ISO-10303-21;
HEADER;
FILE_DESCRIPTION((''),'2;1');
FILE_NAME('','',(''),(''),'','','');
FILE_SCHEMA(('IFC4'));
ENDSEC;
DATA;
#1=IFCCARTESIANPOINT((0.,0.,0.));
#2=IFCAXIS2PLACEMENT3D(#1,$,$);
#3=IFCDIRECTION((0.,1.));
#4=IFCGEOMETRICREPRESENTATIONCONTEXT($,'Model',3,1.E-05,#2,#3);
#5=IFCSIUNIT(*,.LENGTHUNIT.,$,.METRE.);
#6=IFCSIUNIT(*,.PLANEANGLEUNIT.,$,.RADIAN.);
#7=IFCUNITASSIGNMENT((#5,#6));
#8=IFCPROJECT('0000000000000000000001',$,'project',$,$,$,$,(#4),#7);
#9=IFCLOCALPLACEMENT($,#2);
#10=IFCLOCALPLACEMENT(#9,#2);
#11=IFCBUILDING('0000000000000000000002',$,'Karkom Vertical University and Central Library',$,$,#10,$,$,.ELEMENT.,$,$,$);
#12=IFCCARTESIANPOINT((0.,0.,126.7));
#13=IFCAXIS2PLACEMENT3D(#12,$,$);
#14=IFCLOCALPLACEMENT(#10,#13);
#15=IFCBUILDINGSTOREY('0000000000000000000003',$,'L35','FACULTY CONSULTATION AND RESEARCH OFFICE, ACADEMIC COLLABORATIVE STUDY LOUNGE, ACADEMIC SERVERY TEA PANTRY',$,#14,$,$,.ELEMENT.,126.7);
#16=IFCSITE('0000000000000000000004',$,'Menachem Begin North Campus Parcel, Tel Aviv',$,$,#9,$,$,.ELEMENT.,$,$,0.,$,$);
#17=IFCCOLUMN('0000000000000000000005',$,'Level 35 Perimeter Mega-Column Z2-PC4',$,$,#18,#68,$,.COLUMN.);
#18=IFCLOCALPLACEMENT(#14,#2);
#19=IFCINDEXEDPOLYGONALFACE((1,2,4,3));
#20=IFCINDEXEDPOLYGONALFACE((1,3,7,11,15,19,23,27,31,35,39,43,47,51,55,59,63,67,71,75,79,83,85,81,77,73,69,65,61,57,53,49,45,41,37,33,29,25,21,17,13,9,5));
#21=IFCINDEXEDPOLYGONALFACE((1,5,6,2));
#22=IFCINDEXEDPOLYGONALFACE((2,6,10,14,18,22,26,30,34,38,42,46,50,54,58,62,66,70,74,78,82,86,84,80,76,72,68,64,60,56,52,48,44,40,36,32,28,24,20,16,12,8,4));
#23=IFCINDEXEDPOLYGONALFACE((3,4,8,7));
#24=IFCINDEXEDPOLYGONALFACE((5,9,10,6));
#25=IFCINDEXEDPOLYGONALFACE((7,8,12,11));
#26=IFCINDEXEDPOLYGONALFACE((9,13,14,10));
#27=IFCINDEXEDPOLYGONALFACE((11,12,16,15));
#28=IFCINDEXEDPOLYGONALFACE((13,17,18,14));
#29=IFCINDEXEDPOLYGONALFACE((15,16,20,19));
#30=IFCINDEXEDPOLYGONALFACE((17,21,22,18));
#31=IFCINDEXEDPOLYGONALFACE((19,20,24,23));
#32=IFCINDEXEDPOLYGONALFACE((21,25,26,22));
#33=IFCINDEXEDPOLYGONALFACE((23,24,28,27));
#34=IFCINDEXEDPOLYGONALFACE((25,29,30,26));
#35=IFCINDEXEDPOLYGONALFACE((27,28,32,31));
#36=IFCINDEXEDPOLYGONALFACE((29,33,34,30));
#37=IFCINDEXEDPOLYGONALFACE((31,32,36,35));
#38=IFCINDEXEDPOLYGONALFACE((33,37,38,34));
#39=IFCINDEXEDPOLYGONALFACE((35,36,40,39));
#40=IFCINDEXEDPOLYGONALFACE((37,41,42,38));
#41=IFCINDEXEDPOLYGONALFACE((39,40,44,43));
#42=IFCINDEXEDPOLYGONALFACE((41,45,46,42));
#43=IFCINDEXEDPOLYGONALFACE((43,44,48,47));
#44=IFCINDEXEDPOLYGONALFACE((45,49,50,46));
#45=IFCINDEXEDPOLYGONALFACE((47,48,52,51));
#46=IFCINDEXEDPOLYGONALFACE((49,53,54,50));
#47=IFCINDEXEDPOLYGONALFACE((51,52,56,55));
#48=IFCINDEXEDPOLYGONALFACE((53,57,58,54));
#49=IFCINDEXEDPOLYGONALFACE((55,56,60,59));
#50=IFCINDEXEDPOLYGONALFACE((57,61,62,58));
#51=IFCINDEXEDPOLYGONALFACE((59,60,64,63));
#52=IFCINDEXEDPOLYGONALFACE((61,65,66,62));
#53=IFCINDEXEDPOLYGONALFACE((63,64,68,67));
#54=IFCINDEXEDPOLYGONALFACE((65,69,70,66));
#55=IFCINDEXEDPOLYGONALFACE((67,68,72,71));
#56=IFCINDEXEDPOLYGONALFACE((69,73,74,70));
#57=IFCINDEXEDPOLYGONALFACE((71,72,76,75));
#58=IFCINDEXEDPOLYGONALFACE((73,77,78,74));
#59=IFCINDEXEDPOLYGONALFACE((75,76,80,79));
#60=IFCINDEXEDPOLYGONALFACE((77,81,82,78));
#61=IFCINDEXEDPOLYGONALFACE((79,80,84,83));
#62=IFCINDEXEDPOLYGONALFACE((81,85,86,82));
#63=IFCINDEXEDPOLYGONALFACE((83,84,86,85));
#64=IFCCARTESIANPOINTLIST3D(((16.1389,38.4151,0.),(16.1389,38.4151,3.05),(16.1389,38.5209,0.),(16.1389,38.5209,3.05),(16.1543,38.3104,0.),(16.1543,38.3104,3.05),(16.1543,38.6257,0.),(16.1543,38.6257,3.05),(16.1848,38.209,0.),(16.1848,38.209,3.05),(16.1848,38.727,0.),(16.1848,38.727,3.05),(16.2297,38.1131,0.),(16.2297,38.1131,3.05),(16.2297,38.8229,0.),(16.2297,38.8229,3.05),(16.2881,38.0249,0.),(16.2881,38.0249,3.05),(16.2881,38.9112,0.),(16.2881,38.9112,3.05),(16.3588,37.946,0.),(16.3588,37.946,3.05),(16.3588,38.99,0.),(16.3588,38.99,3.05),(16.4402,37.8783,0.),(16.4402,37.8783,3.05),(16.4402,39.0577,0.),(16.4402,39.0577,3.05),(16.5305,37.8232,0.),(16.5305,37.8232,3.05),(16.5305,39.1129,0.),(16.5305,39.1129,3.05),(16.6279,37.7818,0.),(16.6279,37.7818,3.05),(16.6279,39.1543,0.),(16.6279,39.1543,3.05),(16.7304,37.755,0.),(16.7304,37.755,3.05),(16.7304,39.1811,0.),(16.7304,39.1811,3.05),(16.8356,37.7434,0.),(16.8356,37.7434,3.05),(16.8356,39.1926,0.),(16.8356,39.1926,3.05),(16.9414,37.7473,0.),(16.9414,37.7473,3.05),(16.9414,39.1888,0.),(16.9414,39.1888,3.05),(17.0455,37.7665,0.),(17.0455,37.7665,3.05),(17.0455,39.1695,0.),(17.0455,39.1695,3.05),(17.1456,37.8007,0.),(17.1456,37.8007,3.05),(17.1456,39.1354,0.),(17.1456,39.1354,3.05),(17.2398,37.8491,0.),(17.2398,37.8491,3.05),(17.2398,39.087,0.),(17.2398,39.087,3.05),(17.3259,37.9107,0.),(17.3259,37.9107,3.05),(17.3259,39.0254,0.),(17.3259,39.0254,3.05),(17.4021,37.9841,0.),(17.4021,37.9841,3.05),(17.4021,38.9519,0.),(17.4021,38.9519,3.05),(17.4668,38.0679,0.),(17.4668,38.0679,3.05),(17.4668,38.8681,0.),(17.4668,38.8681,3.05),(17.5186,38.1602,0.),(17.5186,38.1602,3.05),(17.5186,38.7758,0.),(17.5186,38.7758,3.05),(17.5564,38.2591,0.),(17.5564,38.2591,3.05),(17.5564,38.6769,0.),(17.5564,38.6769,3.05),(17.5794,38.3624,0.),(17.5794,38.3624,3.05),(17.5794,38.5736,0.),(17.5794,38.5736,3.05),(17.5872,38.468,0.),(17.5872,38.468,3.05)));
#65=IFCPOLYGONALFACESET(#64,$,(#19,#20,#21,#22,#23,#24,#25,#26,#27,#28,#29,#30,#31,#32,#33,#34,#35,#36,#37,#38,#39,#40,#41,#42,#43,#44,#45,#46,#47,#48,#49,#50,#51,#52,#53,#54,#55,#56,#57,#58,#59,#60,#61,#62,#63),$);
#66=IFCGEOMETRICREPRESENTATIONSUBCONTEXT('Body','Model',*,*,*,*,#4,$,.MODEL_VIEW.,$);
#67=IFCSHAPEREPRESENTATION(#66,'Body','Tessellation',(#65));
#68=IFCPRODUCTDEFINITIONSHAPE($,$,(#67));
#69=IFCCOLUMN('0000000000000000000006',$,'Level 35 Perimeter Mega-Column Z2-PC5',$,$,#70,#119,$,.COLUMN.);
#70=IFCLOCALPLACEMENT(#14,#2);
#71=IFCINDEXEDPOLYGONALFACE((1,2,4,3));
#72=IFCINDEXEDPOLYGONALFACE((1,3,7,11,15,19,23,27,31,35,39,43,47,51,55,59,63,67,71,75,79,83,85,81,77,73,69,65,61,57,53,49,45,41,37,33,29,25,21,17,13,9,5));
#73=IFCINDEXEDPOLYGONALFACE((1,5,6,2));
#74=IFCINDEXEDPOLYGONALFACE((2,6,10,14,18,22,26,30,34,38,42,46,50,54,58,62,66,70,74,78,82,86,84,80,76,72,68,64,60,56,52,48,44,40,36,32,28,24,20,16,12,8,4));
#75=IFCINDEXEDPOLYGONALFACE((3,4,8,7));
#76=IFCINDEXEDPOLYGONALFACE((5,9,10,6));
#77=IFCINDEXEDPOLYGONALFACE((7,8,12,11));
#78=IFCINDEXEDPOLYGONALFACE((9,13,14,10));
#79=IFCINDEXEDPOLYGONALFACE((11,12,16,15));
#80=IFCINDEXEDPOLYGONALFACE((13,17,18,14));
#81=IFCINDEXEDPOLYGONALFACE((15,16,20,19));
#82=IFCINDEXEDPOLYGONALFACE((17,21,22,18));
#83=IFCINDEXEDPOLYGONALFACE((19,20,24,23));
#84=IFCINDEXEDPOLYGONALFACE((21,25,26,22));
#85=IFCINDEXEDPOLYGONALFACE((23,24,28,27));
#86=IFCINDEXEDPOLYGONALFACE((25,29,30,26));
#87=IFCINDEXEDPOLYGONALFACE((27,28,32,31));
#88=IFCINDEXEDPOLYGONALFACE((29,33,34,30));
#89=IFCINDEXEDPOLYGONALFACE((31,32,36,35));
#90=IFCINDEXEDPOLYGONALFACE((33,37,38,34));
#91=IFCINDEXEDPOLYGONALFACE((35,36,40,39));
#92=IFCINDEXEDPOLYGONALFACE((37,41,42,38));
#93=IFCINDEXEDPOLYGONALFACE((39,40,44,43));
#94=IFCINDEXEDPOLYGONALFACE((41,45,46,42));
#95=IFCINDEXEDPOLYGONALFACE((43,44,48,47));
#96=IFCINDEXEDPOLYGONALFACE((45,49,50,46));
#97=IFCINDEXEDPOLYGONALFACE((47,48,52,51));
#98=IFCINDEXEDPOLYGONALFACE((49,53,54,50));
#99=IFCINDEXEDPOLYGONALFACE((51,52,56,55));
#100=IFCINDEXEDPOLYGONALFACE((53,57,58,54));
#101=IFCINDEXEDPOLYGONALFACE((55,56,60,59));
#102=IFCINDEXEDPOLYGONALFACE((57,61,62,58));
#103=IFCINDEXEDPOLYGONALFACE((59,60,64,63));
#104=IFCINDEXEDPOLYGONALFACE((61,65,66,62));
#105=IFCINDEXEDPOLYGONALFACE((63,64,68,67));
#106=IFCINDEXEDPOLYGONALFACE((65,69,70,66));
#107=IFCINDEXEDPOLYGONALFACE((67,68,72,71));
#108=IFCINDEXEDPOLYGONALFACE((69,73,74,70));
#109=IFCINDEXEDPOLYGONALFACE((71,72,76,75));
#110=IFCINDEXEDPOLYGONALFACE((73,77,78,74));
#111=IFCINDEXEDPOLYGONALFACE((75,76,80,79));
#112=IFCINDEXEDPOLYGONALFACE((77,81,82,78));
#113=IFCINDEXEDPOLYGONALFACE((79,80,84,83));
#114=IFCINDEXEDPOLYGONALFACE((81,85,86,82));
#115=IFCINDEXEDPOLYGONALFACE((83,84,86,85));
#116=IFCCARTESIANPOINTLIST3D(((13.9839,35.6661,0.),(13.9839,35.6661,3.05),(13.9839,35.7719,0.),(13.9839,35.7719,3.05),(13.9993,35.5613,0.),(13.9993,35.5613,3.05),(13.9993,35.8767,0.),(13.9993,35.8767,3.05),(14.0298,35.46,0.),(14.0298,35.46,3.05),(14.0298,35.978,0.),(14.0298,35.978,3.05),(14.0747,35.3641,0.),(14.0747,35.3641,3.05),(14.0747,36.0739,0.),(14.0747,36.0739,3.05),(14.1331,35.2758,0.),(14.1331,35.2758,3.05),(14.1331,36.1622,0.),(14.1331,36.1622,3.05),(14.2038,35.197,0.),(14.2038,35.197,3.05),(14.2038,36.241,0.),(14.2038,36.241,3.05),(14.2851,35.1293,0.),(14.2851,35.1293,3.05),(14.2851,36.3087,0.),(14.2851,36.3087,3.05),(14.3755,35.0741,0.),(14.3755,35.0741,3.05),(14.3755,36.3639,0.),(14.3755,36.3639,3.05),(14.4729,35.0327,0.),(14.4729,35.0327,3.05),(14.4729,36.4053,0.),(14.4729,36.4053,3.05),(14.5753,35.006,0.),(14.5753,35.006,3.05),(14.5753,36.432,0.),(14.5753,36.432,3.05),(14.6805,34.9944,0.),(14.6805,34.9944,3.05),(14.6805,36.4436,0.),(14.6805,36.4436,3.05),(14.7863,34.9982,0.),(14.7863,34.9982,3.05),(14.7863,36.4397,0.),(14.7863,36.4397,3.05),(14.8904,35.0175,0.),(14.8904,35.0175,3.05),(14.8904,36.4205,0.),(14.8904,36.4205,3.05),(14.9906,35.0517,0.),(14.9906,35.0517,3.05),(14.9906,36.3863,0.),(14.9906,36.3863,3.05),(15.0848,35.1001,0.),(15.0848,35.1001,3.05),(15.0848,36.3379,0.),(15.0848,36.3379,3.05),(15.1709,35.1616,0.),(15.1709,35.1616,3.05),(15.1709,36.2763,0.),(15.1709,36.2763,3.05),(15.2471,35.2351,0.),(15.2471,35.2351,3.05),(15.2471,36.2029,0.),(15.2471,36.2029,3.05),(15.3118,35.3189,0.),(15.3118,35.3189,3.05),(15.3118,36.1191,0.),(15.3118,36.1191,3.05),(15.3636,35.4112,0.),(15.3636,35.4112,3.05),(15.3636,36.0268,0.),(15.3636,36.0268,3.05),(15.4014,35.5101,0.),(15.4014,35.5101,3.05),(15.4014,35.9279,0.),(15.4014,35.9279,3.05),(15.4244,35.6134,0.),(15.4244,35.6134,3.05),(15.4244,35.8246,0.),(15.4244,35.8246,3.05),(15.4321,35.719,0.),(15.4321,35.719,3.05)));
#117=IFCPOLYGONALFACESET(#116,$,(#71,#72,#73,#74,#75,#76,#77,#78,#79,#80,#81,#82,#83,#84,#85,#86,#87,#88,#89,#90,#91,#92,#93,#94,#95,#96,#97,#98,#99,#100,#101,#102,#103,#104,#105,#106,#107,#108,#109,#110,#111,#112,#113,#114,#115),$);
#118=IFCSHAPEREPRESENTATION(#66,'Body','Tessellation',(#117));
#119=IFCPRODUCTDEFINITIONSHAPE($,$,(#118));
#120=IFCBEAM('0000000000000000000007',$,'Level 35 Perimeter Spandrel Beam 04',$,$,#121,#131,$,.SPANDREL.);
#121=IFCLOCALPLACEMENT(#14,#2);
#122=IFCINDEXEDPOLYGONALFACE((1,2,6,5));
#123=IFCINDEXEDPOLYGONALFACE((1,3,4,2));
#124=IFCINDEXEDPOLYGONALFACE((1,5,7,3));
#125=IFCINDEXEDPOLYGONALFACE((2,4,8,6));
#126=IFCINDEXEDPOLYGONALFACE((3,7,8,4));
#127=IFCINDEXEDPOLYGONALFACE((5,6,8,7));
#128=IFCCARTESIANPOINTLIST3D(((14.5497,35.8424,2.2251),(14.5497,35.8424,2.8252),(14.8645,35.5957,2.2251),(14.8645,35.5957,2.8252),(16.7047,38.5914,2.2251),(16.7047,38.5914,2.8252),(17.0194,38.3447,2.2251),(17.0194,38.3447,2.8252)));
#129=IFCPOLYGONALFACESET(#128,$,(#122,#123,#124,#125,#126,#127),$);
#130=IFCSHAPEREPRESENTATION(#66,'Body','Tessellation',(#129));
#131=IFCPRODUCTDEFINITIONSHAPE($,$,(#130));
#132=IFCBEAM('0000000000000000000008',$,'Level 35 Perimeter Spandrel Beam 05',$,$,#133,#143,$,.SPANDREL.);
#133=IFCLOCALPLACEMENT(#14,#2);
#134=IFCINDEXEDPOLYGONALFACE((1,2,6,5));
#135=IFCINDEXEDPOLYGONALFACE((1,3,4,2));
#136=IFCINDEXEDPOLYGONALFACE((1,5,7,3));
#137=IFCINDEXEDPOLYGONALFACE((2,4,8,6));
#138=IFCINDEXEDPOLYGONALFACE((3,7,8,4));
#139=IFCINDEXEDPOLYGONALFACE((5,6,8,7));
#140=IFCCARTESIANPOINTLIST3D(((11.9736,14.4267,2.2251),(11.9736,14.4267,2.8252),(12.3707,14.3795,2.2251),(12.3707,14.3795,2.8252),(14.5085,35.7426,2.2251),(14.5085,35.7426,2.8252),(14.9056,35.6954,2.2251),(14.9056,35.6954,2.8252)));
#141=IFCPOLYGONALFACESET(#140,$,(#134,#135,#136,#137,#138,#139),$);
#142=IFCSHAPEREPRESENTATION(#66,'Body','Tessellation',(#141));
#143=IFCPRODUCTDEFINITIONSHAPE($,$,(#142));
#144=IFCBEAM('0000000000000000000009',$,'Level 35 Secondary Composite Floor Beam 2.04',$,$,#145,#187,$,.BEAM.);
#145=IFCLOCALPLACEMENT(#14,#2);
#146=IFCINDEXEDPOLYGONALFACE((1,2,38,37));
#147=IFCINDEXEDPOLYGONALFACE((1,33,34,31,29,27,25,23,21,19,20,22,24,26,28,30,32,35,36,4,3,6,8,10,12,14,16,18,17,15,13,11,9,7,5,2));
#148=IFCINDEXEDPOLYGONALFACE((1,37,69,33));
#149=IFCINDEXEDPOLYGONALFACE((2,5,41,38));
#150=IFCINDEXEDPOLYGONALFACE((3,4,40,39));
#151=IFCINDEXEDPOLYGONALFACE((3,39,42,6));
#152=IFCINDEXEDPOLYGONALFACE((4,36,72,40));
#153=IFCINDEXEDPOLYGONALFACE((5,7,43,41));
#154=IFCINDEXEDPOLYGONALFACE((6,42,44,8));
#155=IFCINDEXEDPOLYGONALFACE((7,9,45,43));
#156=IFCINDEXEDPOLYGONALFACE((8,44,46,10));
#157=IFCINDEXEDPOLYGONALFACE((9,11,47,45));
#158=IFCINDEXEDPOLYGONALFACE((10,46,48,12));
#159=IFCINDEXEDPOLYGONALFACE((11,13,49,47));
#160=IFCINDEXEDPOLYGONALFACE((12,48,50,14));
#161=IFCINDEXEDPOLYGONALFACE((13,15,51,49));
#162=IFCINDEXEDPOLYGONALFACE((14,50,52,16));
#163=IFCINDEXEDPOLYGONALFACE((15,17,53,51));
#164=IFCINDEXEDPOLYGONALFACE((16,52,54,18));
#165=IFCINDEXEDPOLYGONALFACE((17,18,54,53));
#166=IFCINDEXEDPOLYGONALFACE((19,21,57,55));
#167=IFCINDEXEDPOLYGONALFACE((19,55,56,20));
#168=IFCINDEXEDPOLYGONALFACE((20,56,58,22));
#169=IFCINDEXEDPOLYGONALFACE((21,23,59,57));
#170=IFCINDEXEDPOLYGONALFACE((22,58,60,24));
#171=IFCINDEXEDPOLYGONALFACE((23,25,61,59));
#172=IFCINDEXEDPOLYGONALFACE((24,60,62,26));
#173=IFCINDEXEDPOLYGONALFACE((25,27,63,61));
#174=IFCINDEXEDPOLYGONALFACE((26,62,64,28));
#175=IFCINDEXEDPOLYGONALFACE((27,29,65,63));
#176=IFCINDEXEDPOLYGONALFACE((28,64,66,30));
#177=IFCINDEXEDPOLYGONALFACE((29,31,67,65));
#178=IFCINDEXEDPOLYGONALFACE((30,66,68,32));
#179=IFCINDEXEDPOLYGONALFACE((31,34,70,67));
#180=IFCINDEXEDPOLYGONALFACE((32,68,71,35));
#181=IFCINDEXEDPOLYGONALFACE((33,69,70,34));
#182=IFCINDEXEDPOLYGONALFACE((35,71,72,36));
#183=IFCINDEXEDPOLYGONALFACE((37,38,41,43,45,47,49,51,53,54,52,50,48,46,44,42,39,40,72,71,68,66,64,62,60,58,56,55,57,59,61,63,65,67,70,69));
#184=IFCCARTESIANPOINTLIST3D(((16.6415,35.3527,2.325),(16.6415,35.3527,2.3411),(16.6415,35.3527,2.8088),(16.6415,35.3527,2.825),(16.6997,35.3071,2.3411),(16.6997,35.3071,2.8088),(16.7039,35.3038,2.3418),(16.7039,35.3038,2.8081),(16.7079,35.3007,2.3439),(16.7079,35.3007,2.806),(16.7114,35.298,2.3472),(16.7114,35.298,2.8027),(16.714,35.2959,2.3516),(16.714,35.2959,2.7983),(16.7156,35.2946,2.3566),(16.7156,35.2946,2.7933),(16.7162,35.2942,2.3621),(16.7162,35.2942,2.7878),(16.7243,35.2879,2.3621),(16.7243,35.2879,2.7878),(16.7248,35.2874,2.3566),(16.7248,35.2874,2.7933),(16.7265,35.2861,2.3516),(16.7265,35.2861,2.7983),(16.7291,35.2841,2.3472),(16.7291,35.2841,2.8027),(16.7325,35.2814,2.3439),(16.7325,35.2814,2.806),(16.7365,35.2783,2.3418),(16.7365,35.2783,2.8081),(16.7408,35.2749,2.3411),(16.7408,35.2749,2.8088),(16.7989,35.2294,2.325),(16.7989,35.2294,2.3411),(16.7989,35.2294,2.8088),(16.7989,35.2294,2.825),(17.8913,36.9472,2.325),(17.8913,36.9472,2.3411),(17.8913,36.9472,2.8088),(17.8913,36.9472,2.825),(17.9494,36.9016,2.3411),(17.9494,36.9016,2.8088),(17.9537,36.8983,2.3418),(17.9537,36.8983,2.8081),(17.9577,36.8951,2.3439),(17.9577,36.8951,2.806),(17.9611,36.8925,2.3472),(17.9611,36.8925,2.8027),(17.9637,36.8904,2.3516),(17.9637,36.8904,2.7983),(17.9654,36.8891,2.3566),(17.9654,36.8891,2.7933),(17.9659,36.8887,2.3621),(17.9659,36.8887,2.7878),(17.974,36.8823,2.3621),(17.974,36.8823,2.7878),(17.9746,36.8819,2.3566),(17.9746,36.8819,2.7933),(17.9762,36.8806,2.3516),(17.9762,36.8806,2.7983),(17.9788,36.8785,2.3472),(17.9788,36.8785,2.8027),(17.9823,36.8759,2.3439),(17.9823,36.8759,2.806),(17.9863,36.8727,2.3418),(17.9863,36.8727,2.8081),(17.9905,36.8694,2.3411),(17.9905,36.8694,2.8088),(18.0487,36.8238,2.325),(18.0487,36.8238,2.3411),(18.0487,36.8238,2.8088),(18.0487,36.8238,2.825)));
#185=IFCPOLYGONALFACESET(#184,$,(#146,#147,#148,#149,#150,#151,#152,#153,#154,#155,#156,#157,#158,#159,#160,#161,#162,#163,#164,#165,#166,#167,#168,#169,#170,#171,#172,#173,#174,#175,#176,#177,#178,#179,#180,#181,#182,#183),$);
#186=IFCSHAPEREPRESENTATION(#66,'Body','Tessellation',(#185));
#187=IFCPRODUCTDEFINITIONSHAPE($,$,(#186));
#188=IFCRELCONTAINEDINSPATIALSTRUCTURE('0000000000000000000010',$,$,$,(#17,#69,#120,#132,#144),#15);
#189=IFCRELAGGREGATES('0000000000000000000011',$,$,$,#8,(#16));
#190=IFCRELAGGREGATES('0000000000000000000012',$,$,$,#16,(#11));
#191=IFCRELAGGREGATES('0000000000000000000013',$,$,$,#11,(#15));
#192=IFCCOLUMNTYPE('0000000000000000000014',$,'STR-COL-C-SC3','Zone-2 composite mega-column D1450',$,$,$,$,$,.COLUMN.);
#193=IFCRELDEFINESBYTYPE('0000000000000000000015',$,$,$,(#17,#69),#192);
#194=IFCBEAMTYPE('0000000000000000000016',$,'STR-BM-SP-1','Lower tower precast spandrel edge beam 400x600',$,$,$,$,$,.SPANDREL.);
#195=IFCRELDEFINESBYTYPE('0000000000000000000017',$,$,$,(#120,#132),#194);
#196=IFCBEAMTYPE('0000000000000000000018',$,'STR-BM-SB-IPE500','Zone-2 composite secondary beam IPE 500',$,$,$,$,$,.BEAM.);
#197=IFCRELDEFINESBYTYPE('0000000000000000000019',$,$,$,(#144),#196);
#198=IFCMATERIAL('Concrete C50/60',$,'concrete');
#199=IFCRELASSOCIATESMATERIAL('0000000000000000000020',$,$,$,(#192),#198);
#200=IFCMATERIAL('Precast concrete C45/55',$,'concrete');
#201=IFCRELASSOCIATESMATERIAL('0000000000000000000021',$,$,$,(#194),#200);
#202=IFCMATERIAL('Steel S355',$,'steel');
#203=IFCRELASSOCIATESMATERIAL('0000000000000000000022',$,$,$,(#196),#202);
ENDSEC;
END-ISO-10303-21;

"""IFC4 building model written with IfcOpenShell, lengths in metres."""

from ifc_helpers import new_model, si_unit, direction, frame, origin, origin_with_axes, origin_2d, place, context, subcontext, project, spatial, rectangle, circle, i_section, extrude, source, transform, mapped, material, material_profile, profile_set, type_object, element, save


model = new_model("IFC4")

# Units and contexts
model_context = context("Model", 3, precision=1e-05, world=origin(), true_north=direction((0.0, 1.0)))
body_context = subcontext(model_context, "Body", "Model", "MODEL_VIEW")
ifc_project = project(units=[si_unit("LENGTHUNIT", "METRE"), si_unit("PLANEANGLEUNIT", "RADIAN")], contexts=[model_context])

# Site, building, storey
site_placement = place(None, origin())
site = spatial("IfcSite", under=ifc_project, at=site_placement, Name="Menachem Begin North Campus Parcel, Tel Aviv", CompositionType="ELEMENT", RefElevation=0.0)
building_placement = place(site_placement, origin())
building = spatial("IfcBuilding", under=site, at=building_placement, Name="Karkom Vertical University and Central Library", CompositionType="ELEMENT")
storey_placement = place(building_placement, frame((0.0, 0.0, 126.7)))
storey = spatial("IfcBuildingStorey", under=building, at=storey_placement, Name="L35", Description="FACULTY CONSULTATION AND RESEARCH OFFICE, ACADEMIC COLLABORATIVE STUDY LOUNGE, ACADEMIC SERVERY TEA PANTRY", CompositionType="ELEMENT", Elevation=126.7)

# Columns
ifc_material_1 = material(Name="Concrete C50/60", Category="concrete")
ifc_material_profile_1 = material_profile(ifc_material_1, circle(Radius=0.7251, at=origin_2d()), Name="CFT-D1450")
ifc_profile_set_1 = profile_set([ifc_material_profile_1], Name="Concrete C50/60")
column_type = type_object("IfcColumnType", Name="STR-COL-C-SC3", Description="Zone-2 composite mega-column D1450", PredefinedType="COLUMN", material=ifc_profile_set_1)
shared_shape_1 = source(origin_with_axes(), body_context, "Body", "SweptSolid", [
    extrude(circle(Radius=0.7251, at=origin_2d()), origin(), (0.0, 0.0, 1.0), 3.05),
])
for number, where, z_axis, x_axis, name in (
    (1, (16.8621, 38.468, 0.0), (0.0, 0.0, 1.0), (1.0, 0.0, 0.0), "Level 35 Perimeter Mega-Column Z2-PC4"),
    (2, (14.707, 35.719, 0.0), (0.0, 0.0, 1.0), (1.0, 0.0, 0.0), "Level 35 Perimeter Mega-Column Z2-PC5"),
):
    element("IfcColumn", number, at=place(storey_placement, frame(where, z_axis=z_axis, x_axis=x_axis)), inside=storey, type_object=column_type, Name=name, PredefinedType="COLUMN", context=body_context, shape_type="MappedRepresentation", body=[
        mapped(shared_shape_1, transform((0.0, 0.0, 0.0), scale=1.0)),
    ])

# Beams
ifc_material_2 = material(Name="Precast concrete C45/55", Category="concrete")
ifc_material_profile_2 = material_profile(ifc_material_2, rectangle(XDim=0.3999, YDim=0.6001, at=origin_2d()), Name="SPB-400x600")
ifc_profile_set_2 = profile_set([ifc_material_profile_2], Name="Precast concrete C45/55")
beam_type_1 = type_object("IfcBeamType", Name="STR-BM-SP-1", Description="Lower tower precast spandrel edge beam 400x600", PredefinedType="SPANDREL", material=ifc_profile_set_2)
shared_shape_2 = source(origin_with_axes(), body_context, "Body", "SweptSolid", [
    extrude(rectangle(XDim=0.3999, YDim=0.6001, at=origin_2d()), origin(), (0.0, 0.0, 1.0), 3.4929),
])
beam_1_placement = place(storey_placement, frame((16.8621, 38.468, 2.5251), z_axis=(-0.616951, -0.787002, 0.0), x_axis=(0.787002, -0.616951, 0.0)))
element("IfcBeam", 3, at=beam_1_placement, inside=storey, type_object=beam_type_1, Name="Level 35 Perimeter Spandrel Beam 04", PredefinedType="SPANDREL", context=body_context, shape_type="MappedRepresentation", body=[
    mapped(shared_shape_2, transform((0.0, 0.0, 0.0), scale=1.0)),
])
shared_shape_3 = source(origin_with_axes(), body_context, "Body", "SweptSolid", [
    extrude(rectangle(XDim=0.3999, YDim=0.6001, at=origin_2d()), origin(), (0.0, 0.0, 1.0), 21.4661),
])
beam_2_placement = place(storey_placement, frame((14.707, 35.719, 2.5251), z_axis=(-0.118089, -0.993003, 0.0), x_axis=(0.993003, -0.118089, 0.0)))
element("IfcBeam", 4, at=beam_2_placement, inside=storey, type_object=beam_type_1, Name="Level 35 Perimeter Spandrel Beam 05", PredefinedType="SPANDREL", context=body_context, shape_type="MappedRepresentation", body=[
    mapped(shared_shape_3, transform((0.0, 0.0, 0.0), scale=1.0)),
])
ifc_material_3 = material(Name="Steel S355", Category="steel")
ifc_material_profile_3 = material_profile(ifc_material_3, i_section(OverallWidth=0.2, OverallDepth=0.5, WebThickness=0.0103, FlangeThickness=0.0161, FilletRadius=0.021, at=origin_2d()), Name="IPE 500")
ifc_profile_set_3 = profile_set([ifc_material_profile_3], Name="Steel S355")
beam_type_2 = type_object("IfcBeamType", Name="STR-BM-SB-IPE500", Description="Zone-2 composite secondary beam IPE 500", PredefinedType="BEAM", material=ifc_profile_set_3)
shared_shape_4 = source(origin_with_axes(), body_context, "Body", "SweptSolid", [
    extrude(i_section(OverallWidth=0.2, OverallDepth=0.5, WebThickness=0.0103, FlangeThickness=0.0161, FilletRadius=0.021, at=origin_2d()), origin(), (0.0, 0.0, 1.0), 2.0259),
])
beam_3_placement = place(storey_placement, frame((17.97, 36.8855, 2.575), z_axis=(-0.61689, -0.78705, 0.0), x_axis=(0.78705, -0.61689, 0.0)))
element("IfcBeam", 5, at=beam_3_placement, inside=storey, type_object=beam_type_2, Name="Level 35 Secondary Composite Floor Beam 2.04", PredefinedType="BEAM", context=body_context, shape_type="MappedRepresentation", body=[
    mapped(shared_shape_4, transform((0.0, 0.0, 0.0), scale=1.0)),
])

save(model, "model.ifc")
